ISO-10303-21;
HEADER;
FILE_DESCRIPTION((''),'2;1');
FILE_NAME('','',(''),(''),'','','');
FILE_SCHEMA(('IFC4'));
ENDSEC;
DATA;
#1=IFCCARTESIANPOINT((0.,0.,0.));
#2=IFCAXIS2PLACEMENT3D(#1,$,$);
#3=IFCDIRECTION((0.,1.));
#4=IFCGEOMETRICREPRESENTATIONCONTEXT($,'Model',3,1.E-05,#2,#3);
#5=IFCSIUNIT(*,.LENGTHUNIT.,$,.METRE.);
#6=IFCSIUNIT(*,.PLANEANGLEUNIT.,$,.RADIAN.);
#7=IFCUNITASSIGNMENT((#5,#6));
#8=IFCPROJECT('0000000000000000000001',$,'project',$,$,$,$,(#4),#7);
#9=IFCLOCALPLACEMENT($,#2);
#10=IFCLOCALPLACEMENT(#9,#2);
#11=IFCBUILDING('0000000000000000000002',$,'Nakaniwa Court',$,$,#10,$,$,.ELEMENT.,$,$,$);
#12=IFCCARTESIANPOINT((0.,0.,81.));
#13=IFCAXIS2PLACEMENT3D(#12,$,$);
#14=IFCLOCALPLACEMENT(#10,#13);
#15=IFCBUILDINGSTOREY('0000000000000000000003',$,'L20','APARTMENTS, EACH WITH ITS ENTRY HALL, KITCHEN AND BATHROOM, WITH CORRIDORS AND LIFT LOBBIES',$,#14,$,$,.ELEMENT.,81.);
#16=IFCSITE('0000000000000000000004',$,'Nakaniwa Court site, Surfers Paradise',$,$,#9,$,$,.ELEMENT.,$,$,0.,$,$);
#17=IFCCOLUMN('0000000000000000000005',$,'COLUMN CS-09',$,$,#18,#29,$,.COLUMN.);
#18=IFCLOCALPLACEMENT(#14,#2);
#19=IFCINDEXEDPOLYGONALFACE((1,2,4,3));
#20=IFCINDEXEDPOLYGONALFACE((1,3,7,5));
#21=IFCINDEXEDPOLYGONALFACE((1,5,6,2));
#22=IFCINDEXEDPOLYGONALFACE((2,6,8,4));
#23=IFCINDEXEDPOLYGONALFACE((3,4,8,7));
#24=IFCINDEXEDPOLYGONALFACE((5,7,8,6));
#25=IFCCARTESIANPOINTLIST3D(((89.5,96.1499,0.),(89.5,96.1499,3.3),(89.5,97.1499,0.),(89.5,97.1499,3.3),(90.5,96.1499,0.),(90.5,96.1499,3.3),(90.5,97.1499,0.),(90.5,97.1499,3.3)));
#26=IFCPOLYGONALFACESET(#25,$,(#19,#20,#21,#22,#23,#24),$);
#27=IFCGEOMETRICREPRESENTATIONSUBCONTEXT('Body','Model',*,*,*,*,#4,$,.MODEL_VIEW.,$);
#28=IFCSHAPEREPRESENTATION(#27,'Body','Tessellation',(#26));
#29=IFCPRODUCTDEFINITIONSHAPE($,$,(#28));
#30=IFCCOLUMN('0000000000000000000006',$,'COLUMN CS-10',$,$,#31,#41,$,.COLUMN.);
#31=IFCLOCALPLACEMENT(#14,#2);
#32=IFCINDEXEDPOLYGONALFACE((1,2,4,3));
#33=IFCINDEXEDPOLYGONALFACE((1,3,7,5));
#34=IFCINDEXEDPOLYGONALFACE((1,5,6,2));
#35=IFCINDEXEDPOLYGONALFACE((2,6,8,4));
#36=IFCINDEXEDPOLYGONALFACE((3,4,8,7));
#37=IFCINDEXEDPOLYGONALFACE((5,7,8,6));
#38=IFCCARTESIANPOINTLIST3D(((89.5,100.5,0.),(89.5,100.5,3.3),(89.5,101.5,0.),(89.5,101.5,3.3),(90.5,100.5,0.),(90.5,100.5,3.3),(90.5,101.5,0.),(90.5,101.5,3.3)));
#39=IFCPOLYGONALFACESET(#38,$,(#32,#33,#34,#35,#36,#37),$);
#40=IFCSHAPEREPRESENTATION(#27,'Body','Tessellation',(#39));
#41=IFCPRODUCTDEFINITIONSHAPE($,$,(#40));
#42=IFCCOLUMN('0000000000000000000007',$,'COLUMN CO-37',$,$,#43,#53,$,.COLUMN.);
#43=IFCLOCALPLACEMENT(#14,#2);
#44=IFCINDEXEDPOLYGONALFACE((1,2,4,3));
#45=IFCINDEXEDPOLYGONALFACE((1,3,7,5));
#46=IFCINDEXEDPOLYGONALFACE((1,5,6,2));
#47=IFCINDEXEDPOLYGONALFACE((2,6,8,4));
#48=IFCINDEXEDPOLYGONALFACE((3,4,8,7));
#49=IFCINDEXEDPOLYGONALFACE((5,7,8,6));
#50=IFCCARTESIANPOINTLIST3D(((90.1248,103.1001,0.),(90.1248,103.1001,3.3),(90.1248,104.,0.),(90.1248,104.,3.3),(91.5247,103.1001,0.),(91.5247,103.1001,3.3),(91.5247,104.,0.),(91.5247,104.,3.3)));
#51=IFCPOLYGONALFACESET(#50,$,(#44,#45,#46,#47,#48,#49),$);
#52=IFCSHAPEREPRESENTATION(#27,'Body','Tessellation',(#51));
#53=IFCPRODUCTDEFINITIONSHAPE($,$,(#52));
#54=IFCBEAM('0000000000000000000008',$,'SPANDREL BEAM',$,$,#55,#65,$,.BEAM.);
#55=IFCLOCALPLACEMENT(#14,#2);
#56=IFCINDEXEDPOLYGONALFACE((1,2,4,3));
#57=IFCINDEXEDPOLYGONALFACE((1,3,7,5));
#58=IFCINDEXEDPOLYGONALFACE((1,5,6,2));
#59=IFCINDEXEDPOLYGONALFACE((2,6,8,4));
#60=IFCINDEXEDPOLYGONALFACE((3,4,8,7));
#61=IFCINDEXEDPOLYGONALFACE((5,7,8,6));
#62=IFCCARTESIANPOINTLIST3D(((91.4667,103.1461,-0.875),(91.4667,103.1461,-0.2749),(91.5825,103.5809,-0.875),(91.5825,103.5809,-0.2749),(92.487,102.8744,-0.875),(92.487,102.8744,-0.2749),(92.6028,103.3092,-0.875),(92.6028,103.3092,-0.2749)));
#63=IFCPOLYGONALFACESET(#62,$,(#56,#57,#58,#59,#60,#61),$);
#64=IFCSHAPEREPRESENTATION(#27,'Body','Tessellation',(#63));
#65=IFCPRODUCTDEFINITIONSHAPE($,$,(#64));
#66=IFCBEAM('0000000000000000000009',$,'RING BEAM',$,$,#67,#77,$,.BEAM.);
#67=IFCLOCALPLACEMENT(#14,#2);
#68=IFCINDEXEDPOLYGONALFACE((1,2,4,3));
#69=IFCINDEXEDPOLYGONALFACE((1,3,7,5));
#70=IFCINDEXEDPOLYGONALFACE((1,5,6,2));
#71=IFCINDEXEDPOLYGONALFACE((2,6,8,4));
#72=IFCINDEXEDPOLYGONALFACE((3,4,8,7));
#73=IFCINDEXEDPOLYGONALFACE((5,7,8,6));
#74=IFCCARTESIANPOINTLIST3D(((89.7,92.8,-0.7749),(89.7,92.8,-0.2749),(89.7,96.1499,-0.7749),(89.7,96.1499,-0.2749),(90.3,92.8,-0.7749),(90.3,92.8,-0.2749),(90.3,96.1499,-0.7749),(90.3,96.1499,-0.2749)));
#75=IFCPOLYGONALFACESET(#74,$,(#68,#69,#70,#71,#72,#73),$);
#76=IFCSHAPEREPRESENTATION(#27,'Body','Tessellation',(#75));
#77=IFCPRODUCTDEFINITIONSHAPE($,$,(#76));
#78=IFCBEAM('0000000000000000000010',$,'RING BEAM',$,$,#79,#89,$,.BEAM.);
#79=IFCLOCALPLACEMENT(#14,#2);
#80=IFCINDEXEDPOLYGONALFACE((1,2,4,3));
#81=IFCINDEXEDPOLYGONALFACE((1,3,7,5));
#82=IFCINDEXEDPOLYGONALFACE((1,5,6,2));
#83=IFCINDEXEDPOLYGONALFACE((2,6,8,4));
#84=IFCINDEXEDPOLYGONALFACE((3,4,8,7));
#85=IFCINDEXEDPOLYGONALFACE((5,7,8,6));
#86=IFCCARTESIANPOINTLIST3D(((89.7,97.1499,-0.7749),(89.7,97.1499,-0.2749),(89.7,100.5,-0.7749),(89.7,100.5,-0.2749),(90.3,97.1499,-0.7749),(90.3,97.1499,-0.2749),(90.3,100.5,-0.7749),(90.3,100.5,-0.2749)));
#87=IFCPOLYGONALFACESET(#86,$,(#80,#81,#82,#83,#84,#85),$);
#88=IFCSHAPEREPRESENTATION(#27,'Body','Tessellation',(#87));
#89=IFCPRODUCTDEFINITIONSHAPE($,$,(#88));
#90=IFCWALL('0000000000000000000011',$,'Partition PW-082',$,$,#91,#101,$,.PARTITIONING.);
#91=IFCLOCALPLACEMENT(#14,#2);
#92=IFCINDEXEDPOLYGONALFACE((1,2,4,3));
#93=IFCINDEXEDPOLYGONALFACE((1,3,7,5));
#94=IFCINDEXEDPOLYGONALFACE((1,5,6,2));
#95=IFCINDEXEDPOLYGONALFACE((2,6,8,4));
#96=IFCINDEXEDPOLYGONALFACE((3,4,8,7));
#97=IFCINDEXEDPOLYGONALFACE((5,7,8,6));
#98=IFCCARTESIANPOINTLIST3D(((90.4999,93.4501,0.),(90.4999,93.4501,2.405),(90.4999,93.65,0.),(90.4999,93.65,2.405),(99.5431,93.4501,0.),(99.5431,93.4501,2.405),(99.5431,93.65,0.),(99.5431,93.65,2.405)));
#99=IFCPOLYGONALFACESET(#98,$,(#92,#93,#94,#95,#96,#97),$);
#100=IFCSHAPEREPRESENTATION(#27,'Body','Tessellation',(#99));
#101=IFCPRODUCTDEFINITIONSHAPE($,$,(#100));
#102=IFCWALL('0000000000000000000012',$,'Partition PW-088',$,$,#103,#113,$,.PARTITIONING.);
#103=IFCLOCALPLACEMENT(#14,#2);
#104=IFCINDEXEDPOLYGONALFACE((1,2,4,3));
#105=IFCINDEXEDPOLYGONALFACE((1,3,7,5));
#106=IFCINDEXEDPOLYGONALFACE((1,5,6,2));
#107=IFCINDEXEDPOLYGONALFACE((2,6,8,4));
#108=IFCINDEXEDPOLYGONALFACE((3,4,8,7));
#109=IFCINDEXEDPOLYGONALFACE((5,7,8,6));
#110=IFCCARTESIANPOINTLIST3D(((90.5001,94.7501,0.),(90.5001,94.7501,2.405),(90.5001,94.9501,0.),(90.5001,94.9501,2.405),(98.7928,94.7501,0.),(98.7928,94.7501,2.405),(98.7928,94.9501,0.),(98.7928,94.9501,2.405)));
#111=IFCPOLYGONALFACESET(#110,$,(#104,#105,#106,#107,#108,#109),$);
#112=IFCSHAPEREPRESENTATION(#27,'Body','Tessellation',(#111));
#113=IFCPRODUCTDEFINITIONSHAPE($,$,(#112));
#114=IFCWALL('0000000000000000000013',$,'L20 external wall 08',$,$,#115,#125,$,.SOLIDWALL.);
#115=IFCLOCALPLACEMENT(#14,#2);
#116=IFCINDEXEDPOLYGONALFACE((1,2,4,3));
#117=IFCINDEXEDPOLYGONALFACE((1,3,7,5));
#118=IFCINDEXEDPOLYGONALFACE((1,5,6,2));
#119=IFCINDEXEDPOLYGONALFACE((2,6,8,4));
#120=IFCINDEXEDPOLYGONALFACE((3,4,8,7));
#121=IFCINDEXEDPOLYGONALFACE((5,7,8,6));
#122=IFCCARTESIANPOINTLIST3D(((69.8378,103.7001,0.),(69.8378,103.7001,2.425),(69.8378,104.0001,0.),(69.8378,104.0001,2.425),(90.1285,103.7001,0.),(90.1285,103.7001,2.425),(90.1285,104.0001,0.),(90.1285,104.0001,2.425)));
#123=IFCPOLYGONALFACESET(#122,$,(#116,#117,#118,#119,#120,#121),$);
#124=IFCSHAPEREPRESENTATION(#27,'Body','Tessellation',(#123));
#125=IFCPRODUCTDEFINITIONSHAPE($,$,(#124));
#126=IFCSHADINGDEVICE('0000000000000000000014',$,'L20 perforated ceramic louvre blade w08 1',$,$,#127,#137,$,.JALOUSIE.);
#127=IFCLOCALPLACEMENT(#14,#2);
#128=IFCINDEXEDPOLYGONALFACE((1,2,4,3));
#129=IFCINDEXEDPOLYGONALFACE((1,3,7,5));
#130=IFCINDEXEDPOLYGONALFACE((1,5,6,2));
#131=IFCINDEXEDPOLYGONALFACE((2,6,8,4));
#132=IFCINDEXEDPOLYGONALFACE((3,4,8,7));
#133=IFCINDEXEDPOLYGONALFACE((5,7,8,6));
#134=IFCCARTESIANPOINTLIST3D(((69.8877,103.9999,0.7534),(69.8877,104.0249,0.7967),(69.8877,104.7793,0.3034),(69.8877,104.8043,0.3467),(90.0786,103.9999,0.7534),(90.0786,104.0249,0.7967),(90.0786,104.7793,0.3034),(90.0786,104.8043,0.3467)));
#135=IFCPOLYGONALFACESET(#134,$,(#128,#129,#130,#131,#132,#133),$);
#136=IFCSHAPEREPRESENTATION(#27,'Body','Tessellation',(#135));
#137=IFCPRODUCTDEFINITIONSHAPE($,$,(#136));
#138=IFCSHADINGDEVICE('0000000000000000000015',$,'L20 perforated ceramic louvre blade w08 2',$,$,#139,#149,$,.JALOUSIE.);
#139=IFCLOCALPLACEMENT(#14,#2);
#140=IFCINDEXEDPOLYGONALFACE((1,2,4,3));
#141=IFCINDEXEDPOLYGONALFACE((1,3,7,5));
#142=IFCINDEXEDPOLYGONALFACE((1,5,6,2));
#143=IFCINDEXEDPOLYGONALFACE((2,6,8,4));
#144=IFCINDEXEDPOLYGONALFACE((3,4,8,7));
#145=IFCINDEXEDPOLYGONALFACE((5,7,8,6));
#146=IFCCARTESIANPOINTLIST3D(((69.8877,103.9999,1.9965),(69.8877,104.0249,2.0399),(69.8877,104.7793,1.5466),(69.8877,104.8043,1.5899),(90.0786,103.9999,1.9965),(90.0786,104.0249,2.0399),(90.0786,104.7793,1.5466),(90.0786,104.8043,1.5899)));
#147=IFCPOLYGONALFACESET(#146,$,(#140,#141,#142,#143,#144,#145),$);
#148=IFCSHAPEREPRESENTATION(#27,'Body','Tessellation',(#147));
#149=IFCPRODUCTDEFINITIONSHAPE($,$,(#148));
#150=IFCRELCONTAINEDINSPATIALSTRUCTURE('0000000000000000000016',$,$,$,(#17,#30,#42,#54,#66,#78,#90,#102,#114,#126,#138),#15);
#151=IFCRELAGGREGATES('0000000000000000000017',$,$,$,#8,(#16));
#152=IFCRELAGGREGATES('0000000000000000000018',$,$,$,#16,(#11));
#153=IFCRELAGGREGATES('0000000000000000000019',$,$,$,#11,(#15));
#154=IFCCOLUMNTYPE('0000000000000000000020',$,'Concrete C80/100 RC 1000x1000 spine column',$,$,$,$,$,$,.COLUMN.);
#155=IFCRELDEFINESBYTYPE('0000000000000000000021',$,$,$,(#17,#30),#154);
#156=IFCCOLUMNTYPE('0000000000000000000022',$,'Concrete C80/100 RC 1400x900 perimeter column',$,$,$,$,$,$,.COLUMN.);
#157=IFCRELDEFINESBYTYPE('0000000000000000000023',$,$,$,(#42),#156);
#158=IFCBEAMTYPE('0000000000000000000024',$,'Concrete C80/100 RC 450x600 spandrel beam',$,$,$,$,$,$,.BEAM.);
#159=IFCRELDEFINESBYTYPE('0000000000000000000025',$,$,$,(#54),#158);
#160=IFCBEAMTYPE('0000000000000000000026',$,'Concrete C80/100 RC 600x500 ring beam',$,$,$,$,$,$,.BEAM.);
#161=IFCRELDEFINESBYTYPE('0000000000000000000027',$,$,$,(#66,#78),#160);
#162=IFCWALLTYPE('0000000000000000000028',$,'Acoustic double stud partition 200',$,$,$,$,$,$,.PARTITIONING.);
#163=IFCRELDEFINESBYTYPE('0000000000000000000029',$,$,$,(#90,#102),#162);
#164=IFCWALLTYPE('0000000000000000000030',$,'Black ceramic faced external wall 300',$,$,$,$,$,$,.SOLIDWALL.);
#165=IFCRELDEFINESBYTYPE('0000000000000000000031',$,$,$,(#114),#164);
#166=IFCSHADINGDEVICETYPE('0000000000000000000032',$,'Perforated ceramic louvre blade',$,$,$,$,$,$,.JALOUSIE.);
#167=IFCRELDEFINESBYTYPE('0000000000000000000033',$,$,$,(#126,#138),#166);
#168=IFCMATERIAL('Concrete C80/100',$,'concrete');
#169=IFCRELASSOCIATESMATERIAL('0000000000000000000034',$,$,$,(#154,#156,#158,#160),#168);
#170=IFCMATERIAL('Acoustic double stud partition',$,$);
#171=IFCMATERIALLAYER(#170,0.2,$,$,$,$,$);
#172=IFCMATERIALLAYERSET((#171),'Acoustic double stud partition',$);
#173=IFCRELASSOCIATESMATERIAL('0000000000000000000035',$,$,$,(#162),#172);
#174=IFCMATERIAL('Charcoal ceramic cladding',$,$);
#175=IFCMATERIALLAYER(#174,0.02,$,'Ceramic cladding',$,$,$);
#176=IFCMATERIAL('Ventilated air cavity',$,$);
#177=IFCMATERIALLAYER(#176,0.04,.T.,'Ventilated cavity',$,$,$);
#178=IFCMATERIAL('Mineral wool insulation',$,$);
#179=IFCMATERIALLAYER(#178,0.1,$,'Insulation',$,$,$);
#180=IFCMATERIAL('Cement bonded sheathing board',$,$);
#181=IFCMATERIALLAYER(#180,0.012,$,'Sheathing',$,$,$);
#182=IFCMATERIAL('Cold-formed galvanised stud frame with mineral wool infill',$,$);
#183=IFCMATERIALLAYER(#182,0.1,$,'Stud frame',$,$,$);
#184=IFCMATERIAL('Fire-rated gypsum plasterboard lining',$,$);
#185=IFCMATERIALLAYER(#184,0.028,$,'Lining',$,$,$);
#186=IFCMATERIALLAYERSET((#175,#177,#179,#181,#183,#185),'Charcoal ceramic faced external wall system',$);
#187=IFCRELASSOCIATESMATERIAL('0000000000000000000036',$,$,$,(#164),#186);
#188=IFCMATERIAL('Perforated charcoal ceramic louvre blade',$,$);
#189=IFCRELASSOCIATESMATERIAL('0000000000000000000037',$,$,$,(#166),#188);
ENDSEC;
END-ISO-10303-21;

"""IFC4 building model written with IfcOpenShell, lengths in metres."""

from ifc_helpers import new_model, si_unit, direction, frame, frame_2d, origin, origin_2d, place, context, subcontext, project, spatial, rectangle, extrude, material, layer, layer_set, material_profile, profile_set, type_object, element, save


model = new_model("IFC4")

# Units and contexts
model_context = context("Model", 3, precision=1e-05, world=origin(), true_north=direction((0.0, 1.0)))
body_context = subcontext(model_context, "Body", "Model", "MODEL_VIEW")
ifc_project = project(units=[si_unit("LENGTHUNIT", "METRE"), si_unit("PLANEANGLEUNIT", "RADIAN")], contexts=[model_context])

# Site, building, storey
site_placement = place(None, origin())
site = spatial("IfcSite", under=ifc_project, at=site_placement, Name="Nakaniwa Court site, Surfers Paradise", CompositionType="ELEMENT", RefElevation=0.0)
building_placement = place(site_placement, origin())
building = spatial("IfcBuilding", under=site, at=building_placement, Name="Nakaniwa Court", CompositionType="ELEMENT")
storey_placement = place(building_placement, frame((0.0, 0.0, 81.0)))
storey = spatial("IfcBuildingStorey", under=building, at=storey_placement, Name="L20", Description="APARTMENTS, EACH WITH ITS ENTRY HALL, KITCHEN AND BATHROOM, WITH CORRIDORS AND LIFT LOBBIES", CompositionType="ELEMENT", Elevation=81.0)

# Columns
ifc_material_1 = material(Name="Concrete C80/100", Category="concrete")
ifc_material_profile_1 = material_profile(ifc_material_1, rectangle(XDim=1.0, YDim=1.0, at=origin_2d()), Name="Concrete C80/100 RC 1000x1000 spine column")
ifc_profile_set_1 = profile_set([ifc_material_profile_1], Name="Concrete C80/100")
column_type_1 = type_object("IfcColumnType", Name="Concrete C80/100 RC 1000x1000 spine column", PredefinedType="COLUMN", material=ifc_profile_set_1)
for number, where, z_axis, x_axis, name in (
    (1, (90.0, 96.6499, 0.0), (0.0, 0.0, 1.0), (0.0, 1.0, 0.0), "COLUMN CS-09"),
    (2, (90.0, 101.0, 0.0), (0.0, 0.0, 1.0), (0.0, 1.0, 0.0), "COLUMN CS-10"),
):
    element("IfcColumn", number, at=place(storey_placement, frame(where, z_axis=z_axis, x_axis=x_axis)), inside=storey, type_object=column_type_1, Name=name, PredefinedType="COLUMN", context=body_context, shape_type="SweptSolid", body=[
        extrude(rectangle(XDim=1.0, YDim=1.0, at=origin_2d()), origin(), (0.0, 0.0, 1.0), 3.3),
    ])
ifc_material_profile_2 = material_profile(ifc_material_1, rectangle(XDim=1.3999, YDim=0.8999, at=origin_2d()), Name="Concrete C80/100 RC 1400x900 perimeter column")
ifc_profile_set_2 = profile_set([ifc_material_profile_2], Name="Concrete C80/100")
column_type_2 = type_object("IfcColumnType", Name="Concrete C80/100 RC 1400x900 perimeter column", PredefinedType="COLUMN", material=ifc_profile_set_2)
column_placement = place(storey_placement, frame((90.8247, 103.55, 0.0), z_axis=(0.0, 0.0, 1.0), x_axis=(-1.0, 0.0, 0.0)))
element("IfcColumn", 3, at=column_placement, inside=storey, type_object=column_type_2, Name="COLUMN CO-37", PredefinedType="COLUMN", context=body_context, shape_type="SweptSolid", body=[
    extrude(rectangle(XDim=1.3999, YDim=0.8999, at=origin_2d()), origin(), (0.0, 0.0, 1.0), 3.3),
])

# Beams
ifc_material_profile_3 = material_profile(ifc_material_1, rectangle(XDim=0.45, YDim=0.6001, at=origin_2d()), Name="Concrete C80/100 RC 450x600 spandrel beam")
ifc_profile_set_3 = profile_set([ifc_material_profile_3], Name="Concrete C80/100")
beam_type_1 = type_object("IfcBeamType", Name="Concrete C80/100 RC 450x600 spandrel beam", PredefinedType="BEAM", material=ifc_profile_set_3)
beam_1_placement = place(storey_placement, frame((92.5449, 103.0918, -0.575), z_axis=(-0.966315, 0.25736, 0.0), x_axis=(-0.25736, -0.966315, 0.0)))
element("IfcBeam", 4, at=beam_1_placement, inside=storey, type_object=beam_type_1, Name="SPANDREL BEAM", PredefinedType="BEAM", context=body_context, shape_type="SweptSolid", body=[
    extrude(rectangle(XDim=0.45, YDim=0.6001, at=origin_2d()), origin(), (0.0, 0.0, 1.0), 1.0559),
])
ifc_material_profile_4 = material_profile(ifc_material_1, rectangle(XDim=0.6001, YDim=0.5, at=origin_2d()), Name="Concrete C80/100 RC 600x500 ring beam")
ifc_profile_set_4 = profile_set([ifc_material_profile_4], Name="Concrete C80/100")
beam_type_2 = type_object("IfcBeamType", Name="Concrete C80/100 RC 600x500 ring beam", PredefinedType="BEAM", material=ifc_profile_set_4)
beam_2_placement = place(storey_placement, frame((90.0, 92.8, -0.5249), z_axis=(0.0, 1.0, 0.0), x_axis=(-1.0, 0.0, 0.0)))
element("IfcBeam", 5, at=beam_2_placement, inside=storey, type_object=beam_type_2, Name="RING BEAM", PredefinedType="BEAM", context=body_context, shape_type="SweptSolid", body=[
    extrude(rectangle(XDim=0.6001, YDim=0.5, at=origin_2d()), origin(), (0.0, 0.0, 1.0), 3.3499),
])
beam_3_placement = place(storey_placement, frame((90.0, 97.1499, -0.5249), z_axis=(0.0, 1.0, 0.0), x_axis=(-1.0, 0.0, 0.0)))
element("IfcBeam", 6, at=beam_3_placement, inside=storey, type_object=beam_type_2, Name="RING BEAM", PredefinedType="BEAM", context=body_context, shape_type="SweptSolid", body=[
    extrude(rectangle(XDim=0.6001, YDim=0.5, at=origin_2d()), origin(), (0.0, 0.0, 1.0), 3.3501),
])

# Walls
ifc_material_2 = material(Name="Acoustic double stud partition")
ifc_layer_1 = layer(ifc_material_2, 0.2)
ifc_layer_set_1 = layer_set([ifc_layer_1], Name="Acoustic double stud partition")
wall_type_1 = type_object("IfcWallType", Name="Acoustic double stud partition 200", PredefinedType="PARTITIONING", material=ifc_layer_set_1)
wall_1_placement = place(storey_placement, frame((90.5, 93.55, 0.0), z_axis=(0.0, 0.0, 1.0), x_axis=(1.0, 0.0, 0.0)))
element("IfcWall", 7, at=wall_1_placement, inside=storey, type_object=wall_type_1, Name="Partition PW-082", PredefinedType="PARTITIONING", context=body_context, shape_type="SweptSolid", body=[
    extrude(rectangle(XDim=9.0432, YDim=0.2, at=frame_2d((4.5215, 0.0))), origin(), (0.0, 0.0, 1.0), 2.405),
])
wall_2_placement = place(storey_placement, frame((90.5, 94.8501, 0.0), z_axis=(0.0, 0.0, 1.0), x_axis=(1.0, 0.0, 0.0)))
element("IfcWall", 8, at=wall_2_placement, inside=storey, type_object=wall_type_1, Name="Partition PW-088", PredefinedType="PARTITIONING", context=body_context, shape_type="SweptSolid", body=[
    extrude(rectangle(XDim=8.2927, YDim=0.2, at=frame_2d((4.1465, 0.0))), origin(), (0.0, 0.0, 1.0), 2.405),
])
ifc_material_3 = material(Name="Charcoal ceramic cladding")
ifc_layer_2 = layer(ifc_material_3, 0.02, Name="Ceramic cladding")
ifc_material_4 = material(Name="Ventilated air cavity")
ifc_layer_3 = layer(ifc_material_4, 0.04, ventilated=True, Name="Ventilated cavity")
ifc_material_5 = material(Name="Mineral wool insulation")
ifc_layer_4 = layer(ifc_material_5, 0.1, Name="Insulation")
ifc_material_6 = material(Name="Cement bonded sheathing board")
ifc_layer_5 = layer(ifc_material_6, 0.012, Name="Sheathing")
ifc_material_7 = material(Name="Cold-formed galvanised stud frame with mineral wool infill")
ifc_layer_6 = layer(ifc_material_7, 0.1, Name="Stud frame")
ifc_material_8 = material(Name="Fire-rated gypsum plasterboard lining")
ifc_layer_7 = layer(ifc_material_8, 0.028, Name="Lining")
ifc_layer_set_2 = layer_set([ifc_layer_2, ifc_layer_3, ifc_layer_4, ifc_layer_5, ifc_layer_6, ifc_layer_7], Name="Charcoal ceramic faced external wall system")
wall_type_2 = type_object("IfcWallType", Name="Black ceramic faced external wall 300", PredefinedType="SOLIDWALL", material=ifc_layer_set_2)
wall_3_placement = place(storey_placement, frame((90.1287, 103.8501, 0.0), z_axis=(0.0, 0.0, 1.0), x_axis=(-1.0, 0.0, 0.0)))
element("IfcWall", 9, at=wall_3_placement, inside=storey, type_object=wall_type_2, Name="L20 external wall 08", PredefinedType="SOLIDWALL", context=body_context, shape_type="SweptSolid", body=[
    extrude(rectangle(XDim=20.2908, YDim=0.3, at=frame_2d((10.1455, 0.0))), origin(), (0.0, 0.0, 1.0), 2.425),
])

# Shading devices
ifc_material_9 = material(Name="Perforated charcoal ceramic louvre blade")
ifc_material_profile_5 = material_profile(ifc_material_9, rectangle(XDim=0.8999, YDim=0.05, at=origin_2d()), Name="Perforated ceramic louvre blade")
ifc_profile_set_5 = profile_set([ifc_material_profile_5], Name="Perforated charcoal ceramic louvre blade")
shading_device_type = type_object("IfcShadingDeviceType", Name="Perforated ceramic louvre blade", PredefinedType="JALOUSIE", material=ifc_profile_set_5)
for number, where, z_axis, x_axis, name in (
    (10, (90.0786, 104.4021, 0.55), (-1.0, 0.0, 0.0), (0.0, -0.866025, 0.5), "L20 perforated ceramic louvre blade w08 1"),
    (11, (90.0786, 104.4021, 1.7932), (-1.0, 0.0, 0.0), (0.0, -0.866025, 0.5), "L20 perforated ceramic louvre blade w08 2"),
):
    element("IfcShadingDevice", number, at=place(storey_placement, frame(where, z_axis=z_axis, x_axis=x_axis)), inside=storey, type_object=shading_device_type, Name=name, PredefinedType="JALOUSIE", context=body_context, shape_type="SweptSolid", body=[
        extrude(rectangle(XDim=0.8999, YDim=0.05, at=origin_2d()), origin(), (0.0, 0.0, 1.0), 20.1909),
    ])

save(model, "model.ifc")
